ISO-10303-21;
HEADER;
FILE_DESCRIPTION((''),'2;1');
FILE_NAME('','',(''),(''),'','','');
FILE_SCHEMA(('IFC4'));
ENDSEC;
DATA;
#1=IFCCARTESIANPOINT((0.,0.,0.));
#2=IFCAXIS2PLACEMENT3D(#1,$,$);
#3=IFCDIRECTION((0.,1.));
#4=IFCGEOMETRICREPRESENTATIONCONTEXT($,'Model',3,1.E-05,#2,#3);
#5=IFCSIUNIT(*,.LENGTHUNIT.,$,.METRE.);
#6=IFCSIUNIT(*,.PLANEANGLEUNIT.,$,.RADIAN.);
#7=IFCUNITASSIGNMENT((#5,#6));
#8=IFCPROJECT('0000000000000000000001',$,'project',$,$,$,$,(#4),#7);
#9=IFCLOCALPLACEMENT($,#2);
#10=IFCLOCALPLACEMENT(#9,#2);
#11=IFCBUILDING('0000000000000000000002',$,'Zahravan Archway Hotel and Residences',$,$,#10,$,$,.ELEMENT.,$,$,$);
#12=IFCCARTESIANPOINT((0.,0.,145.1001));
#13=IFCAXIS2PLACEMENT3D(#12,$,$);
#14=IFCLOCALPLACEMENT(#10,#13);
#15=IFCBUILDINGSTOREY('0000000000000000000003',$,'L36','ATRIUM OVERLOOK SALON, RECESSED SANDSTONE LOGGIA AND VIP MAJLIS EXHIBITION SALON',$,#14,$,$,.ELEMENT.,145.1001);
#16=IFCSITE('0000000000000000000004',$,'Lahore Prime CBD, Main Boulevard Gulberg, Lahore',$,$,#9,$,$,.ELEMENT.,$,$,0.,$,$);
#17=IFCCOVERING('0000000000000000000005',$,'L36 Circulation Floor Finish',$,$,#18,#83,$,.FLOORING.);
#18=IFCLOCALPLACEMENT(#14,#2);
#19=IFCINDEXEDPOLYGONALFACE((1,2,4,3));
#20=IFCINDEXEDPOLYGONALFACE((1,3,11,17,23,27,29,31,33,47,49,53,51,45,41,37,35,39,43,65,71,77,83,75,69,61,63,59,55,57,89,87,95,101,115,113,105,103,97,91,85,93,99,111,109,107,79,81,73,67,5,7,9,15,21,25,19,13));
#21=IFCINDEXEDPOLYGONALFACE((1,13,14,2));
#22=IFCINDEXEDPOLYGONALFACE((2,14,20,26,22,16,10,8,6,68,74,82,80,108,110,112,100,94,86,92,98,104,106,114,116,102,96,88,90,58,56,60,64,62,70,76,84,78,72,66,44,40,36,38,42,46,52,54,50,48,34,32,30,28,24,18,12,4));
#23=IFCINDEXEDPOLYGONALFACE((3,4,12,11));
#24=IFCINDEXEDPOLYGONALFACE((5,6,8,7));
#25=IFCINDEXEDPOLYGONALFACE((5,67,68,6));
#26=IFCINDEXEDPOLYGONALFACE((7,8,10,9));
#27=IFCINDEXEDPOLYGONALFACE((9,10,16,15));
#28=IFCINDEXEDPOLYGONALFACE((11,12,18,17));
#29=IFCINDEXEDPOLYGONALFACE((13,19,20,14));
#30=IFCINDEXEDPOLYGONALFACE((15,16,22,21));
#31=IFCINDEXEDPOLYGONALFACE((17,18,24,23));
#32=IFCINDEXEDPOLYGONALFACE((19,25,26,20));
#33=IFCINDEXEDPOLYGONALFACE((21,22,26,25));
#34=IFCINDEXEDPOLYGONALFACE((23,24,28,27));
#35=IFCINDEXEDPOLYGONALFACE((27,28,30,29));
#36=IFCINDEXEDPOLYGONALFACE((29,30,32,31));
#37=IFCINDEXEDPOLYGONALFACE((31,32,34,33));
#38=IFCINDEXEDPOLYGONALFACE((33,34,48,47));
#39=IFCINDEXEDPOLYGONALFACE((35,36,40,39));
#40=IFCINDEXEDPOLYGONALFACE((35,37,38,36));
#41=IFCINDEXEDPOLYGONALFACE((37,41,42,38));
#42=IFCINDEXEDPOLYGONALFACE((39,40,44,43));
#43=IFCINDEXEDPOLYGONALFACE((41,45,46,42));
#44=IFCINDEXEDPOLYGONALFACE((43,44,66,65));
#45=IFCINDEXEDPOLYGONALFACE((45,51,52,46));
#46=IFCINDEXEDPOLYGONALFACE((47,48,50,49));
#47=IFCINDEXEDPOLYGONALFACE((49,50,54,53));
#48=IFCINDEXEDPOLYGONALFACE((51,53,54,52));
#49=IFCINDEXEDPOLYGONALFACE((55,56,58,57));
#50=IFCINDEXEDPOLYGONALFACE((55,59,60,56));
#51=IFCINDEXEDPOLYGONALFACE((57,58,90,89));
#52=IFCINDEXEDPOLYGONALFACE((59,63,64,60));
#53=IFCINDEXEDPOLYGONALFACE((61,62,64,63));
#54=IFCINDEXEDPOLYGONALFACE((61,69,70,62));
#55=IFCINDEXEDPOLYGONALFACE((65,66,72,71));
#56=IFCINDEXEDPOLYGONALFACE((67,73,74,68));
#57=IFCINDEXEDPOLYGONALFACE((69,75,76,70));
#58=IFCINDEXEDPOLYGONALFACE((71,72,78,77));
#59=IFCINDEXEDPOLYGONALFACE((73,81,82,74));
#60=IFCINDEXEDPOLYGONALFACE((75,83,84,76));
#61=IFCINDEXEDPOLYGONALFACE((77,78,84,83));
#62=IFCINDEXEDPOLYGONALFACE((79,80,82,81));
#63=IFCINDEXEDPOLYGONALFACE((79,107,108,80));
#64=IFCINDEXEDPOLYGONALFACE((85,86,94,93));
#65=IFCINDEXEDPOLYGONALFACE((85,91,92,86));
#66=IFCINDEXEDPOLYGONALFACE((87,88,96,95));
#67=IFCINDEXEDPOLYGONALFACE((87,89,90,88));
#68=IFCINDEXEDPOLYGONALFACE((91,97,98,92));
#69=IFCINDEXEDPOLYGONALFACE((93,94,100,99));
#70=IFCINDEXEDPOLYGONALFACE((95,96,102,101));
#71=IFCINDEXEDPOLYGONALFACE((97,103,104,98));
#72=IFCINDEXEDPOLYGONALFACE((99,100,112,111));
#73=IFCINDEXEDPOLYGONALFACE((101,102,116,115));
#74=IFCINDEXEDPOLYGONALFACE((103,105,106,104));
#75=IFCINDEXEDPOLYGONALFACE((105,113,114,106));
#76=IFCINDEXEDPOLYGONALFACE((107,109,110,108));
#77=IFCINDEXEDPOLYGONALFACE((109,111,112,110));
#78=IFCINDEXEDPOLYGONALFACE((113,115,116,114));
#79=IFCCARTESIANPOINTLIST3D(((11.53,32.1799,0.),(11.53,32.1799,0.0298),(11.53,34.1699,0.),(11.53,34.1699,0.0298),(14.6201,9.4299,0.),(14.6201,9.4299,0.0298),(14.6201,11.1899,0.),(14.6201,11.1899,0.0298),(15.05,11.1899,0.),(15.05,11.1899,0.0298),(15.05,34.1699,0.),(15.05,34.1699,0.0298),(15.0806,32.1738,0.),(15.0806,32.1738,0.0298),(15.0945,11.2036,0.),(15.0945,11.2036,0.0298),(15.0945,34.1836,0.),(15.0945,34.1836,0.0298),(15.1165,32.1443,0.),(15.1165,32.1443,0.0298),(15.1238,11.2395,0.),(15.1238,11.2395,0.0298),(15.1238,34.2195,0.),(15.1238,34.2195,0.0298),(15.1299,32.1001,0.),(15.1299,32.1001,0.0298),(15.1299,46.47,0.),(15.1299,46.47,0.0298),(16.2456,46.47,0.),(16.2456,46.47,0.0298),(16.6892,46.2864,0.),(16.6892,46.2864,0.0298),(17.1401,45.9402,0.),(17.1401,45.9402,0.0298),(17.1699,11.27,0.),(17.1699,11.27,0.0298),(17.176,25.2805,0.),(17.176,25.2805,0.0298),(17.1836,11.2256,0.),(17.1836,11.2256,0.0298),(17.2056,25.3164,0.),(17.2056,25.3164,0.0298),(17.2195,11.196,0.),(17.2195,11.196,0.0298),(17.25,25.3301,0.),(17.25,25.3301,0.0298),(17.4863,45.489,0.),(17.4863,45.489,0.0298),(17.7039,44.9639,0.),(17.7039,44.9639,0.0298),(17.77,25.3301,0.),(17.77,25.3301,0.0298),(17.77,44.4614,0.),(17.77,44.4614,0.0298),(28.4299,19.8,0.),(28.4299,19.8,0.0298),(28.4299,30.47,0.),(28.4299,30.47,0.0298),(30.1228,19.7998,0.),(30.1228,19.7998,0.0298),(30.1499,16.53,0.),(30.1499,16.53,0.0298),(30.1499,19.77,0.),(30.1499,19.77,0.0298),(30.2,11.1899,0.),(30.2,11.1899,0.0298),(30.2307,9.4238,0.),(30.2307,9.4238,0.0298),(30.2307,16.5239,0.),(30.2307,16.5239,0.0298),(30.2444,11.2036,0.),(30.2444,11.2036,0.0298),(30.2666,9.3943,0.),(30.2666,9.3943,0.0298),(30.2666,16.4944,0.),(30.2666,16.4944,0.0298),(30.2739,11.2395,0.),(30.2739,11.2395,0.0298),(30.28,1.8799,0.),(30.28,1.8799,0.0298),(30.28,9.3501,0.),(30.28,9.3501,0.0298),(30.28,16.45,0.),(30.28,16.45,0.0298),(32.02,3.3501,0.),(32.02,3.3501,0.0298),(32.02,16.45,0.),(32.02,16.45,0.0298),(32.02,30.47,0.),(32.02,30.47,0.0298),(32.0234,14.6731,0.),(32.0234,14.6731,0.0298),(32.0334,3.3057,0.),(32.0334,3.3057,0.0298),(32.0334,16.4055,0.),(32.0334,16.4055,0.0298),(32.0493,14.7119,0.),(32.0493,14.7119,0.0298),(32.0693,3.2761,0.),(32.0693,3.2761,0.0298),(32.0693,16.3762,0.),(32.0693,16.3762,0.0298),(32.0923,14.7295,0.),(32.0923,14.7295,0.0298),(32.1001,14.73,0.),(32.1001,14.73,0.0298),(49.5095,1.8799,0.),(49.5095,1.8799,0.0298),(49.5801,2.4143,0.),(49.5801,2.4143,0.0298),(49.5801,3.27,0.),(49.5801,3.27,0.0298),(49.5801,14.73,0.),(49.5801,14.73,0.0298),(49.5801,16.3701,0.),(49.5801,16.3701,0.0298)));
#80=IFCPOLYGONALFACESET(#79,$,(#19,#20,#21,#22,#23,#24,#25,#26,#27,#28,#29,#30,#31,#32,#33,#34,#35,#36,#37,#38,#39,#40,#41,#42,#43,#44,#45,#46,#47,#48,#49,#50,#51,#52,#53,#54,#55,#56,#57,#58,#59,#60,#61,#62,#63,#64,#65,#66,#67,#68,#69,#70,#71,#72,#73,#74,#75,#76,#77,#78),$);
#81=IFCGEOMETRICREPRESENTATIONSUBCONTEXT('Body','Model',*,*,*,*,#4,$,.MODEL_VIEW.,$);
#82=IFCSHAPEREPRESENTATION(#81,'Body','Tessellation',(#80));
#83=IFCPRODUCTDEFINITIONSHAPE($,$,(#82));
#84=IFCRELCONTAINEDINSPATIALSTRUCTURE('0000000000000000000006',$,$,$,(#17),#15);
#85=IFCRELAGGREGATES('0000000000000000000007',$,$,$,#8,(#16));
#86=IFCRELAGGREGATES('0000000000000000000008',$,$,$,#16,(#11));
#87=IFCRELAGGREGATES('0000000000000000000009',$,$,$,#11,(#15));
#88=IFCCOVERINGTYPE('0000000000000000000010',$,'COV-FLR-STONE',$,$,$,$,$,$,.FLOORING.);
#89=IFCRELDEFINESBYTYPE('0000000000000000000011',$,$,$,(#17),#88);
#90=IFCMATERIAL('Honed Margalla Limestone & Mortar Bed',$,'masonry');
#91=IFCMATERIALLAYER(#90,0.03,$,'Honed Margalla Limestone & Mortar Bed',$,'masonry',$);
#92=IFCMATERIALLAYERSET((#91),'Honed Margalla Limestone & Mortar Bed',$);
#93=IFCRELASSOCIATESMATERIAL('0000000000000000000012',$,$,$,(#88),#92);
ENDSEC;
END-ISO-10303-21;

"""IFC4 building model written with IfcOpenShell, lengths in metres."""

from ifc_helpers import new_model, si_unit, direction, frame, origin, place, context, subcontext, project, spatial, polyline, outline, extrude, material, layer, layer_set, type_object, element, save


model = new_model("IFC4")

# Units and contexts
model_context = context("Model", 3, precision=1e-05, world=origin(), true_north=direction((0.0, 1.0)))
body_context = subcontext(model_context, "Body", "Model", "MODEL_VIEW")
ifc_project = project(units=[si_unit("LENGTHUNIT", "METRE"), si_unit("PLANEANGLEUNIT", "RADIAN")], contexts=[model_context])

# Site, building, storey
site_placement = place(None, origin())
site = spatial("IfcSite", under=ifc_project, at=site_placement, Name="Lahore Prime CBD, Main Boulevard Gulberg, Lahore", CompositionType="ELEMENT", RefElevation=0.0)
building_placement = place(site_placement, origin())
building = spatial("IfcBuilding", under=site, at=building_placement, Name="Zahravan Archway Hotel and Residences", CompositionType="ELEMENT")
storey_placement = place(building_placement, frame((0.0, 0.0, 145.1001)))
storey = spatial("IfcBuildingStorey", under=building, at=storey_placement, Name="L36", Description="ATRIUM OVERLOOK SALON, RECESSED SANDSTONE LOGGIA AND VIP MAJLIS EXHIBITION SALON", CompositionType="ELEMENT", Elevation=145.1001)

# Covering
ifc_material_1 = material(Name="Honed Margalla Limestone & Mortar Bed", Category="masonry")
ifc_layer_1 = layer(ifc_material_1, 0.03, Name="Honed Margalla Limestone & Mortar Bed", Category="masonry")
ifc_layer_set_1 = layer_set([ifc_layer_1], Name="Honed Margalla Limestone & Mortar Bed")
covering_type_1 = type_object("IfcCoveringType", Name="COV-FLR-STONE", PredefinedType="FLOORING", material=ifc_layer_set_1)
covering_1_placement = place(storey_placement, origin())
element("IfcCovering", 1, at=covering_1_placement, inside=storey, type_object=covering_type_1, Name="L36 Circulation Floor Finish", PredefinedType="FLOORING", context=body_context, shape_type="SweptSolid", body=[
    extrude(outline(polyline([(32.0923, 14.7295), (32.0493, 14.7119), (32.0234, 14.6731), (32.02, 3.3501), (32.0334, 3.3057), (32.0693, 3.2761), (49.5801, 3.27), (49.5801, 2.4143), (49.5095, 1.8799), (30.28, 1.8799), (30.28, 9.3501), (30.2666, 9.3943), (30.2307, 9.4238), (14.6201, 9.4299), (14.6201, 11.1899), (15.05, 11.1899), (15.0945, 11.2036), (15.1238, 11.2395), (15.1299, 32.1001), (15.1165, 32.1443), (15.0806, 32.1738), (11.53, 32.1799), (11.53, 34.1699), (15.05, 34.1699), (15.0945, 34.1836), (15.1238, 34.2195), (15.1299, 46.47), (16.2456, 46.47), (16.6892, 46.2864), (17.1401, 45.9402), (17.4863, 45.489), (17.7039, 44.9639), (17.77, 44.4614), (17.77, 25.3301), (17.25, 25.3301), (17.2056, 25.3164), (17.176, 25.2805), (17.1699, 11.27), (17.1836, 11.2256), (17.2195, 11.196), (30.2, 11.1899), (30.2444, 11.2036), (30.2739, 11.2395), (30.28, 16.45), (30.2666, 16.4944), (30.2307, 16.5239), (30.1499, 16.53), (30.1499, 19.77), (30.1228, 19.7998), (28.4299, 19.8), (28.4299, 30.47), (32.02, 30.47), (32.02, 16.45), (32.0334, 16.4055), (32.0693, 16.3762), (49.5801, 16.3701), (49.5801, 14.73), (32.1001, 14.73), (32.0923, 14.7295)])), origin(), (0.0, 0.0, 1.0), 0.0298),
])

save(model, "model.ifc")
